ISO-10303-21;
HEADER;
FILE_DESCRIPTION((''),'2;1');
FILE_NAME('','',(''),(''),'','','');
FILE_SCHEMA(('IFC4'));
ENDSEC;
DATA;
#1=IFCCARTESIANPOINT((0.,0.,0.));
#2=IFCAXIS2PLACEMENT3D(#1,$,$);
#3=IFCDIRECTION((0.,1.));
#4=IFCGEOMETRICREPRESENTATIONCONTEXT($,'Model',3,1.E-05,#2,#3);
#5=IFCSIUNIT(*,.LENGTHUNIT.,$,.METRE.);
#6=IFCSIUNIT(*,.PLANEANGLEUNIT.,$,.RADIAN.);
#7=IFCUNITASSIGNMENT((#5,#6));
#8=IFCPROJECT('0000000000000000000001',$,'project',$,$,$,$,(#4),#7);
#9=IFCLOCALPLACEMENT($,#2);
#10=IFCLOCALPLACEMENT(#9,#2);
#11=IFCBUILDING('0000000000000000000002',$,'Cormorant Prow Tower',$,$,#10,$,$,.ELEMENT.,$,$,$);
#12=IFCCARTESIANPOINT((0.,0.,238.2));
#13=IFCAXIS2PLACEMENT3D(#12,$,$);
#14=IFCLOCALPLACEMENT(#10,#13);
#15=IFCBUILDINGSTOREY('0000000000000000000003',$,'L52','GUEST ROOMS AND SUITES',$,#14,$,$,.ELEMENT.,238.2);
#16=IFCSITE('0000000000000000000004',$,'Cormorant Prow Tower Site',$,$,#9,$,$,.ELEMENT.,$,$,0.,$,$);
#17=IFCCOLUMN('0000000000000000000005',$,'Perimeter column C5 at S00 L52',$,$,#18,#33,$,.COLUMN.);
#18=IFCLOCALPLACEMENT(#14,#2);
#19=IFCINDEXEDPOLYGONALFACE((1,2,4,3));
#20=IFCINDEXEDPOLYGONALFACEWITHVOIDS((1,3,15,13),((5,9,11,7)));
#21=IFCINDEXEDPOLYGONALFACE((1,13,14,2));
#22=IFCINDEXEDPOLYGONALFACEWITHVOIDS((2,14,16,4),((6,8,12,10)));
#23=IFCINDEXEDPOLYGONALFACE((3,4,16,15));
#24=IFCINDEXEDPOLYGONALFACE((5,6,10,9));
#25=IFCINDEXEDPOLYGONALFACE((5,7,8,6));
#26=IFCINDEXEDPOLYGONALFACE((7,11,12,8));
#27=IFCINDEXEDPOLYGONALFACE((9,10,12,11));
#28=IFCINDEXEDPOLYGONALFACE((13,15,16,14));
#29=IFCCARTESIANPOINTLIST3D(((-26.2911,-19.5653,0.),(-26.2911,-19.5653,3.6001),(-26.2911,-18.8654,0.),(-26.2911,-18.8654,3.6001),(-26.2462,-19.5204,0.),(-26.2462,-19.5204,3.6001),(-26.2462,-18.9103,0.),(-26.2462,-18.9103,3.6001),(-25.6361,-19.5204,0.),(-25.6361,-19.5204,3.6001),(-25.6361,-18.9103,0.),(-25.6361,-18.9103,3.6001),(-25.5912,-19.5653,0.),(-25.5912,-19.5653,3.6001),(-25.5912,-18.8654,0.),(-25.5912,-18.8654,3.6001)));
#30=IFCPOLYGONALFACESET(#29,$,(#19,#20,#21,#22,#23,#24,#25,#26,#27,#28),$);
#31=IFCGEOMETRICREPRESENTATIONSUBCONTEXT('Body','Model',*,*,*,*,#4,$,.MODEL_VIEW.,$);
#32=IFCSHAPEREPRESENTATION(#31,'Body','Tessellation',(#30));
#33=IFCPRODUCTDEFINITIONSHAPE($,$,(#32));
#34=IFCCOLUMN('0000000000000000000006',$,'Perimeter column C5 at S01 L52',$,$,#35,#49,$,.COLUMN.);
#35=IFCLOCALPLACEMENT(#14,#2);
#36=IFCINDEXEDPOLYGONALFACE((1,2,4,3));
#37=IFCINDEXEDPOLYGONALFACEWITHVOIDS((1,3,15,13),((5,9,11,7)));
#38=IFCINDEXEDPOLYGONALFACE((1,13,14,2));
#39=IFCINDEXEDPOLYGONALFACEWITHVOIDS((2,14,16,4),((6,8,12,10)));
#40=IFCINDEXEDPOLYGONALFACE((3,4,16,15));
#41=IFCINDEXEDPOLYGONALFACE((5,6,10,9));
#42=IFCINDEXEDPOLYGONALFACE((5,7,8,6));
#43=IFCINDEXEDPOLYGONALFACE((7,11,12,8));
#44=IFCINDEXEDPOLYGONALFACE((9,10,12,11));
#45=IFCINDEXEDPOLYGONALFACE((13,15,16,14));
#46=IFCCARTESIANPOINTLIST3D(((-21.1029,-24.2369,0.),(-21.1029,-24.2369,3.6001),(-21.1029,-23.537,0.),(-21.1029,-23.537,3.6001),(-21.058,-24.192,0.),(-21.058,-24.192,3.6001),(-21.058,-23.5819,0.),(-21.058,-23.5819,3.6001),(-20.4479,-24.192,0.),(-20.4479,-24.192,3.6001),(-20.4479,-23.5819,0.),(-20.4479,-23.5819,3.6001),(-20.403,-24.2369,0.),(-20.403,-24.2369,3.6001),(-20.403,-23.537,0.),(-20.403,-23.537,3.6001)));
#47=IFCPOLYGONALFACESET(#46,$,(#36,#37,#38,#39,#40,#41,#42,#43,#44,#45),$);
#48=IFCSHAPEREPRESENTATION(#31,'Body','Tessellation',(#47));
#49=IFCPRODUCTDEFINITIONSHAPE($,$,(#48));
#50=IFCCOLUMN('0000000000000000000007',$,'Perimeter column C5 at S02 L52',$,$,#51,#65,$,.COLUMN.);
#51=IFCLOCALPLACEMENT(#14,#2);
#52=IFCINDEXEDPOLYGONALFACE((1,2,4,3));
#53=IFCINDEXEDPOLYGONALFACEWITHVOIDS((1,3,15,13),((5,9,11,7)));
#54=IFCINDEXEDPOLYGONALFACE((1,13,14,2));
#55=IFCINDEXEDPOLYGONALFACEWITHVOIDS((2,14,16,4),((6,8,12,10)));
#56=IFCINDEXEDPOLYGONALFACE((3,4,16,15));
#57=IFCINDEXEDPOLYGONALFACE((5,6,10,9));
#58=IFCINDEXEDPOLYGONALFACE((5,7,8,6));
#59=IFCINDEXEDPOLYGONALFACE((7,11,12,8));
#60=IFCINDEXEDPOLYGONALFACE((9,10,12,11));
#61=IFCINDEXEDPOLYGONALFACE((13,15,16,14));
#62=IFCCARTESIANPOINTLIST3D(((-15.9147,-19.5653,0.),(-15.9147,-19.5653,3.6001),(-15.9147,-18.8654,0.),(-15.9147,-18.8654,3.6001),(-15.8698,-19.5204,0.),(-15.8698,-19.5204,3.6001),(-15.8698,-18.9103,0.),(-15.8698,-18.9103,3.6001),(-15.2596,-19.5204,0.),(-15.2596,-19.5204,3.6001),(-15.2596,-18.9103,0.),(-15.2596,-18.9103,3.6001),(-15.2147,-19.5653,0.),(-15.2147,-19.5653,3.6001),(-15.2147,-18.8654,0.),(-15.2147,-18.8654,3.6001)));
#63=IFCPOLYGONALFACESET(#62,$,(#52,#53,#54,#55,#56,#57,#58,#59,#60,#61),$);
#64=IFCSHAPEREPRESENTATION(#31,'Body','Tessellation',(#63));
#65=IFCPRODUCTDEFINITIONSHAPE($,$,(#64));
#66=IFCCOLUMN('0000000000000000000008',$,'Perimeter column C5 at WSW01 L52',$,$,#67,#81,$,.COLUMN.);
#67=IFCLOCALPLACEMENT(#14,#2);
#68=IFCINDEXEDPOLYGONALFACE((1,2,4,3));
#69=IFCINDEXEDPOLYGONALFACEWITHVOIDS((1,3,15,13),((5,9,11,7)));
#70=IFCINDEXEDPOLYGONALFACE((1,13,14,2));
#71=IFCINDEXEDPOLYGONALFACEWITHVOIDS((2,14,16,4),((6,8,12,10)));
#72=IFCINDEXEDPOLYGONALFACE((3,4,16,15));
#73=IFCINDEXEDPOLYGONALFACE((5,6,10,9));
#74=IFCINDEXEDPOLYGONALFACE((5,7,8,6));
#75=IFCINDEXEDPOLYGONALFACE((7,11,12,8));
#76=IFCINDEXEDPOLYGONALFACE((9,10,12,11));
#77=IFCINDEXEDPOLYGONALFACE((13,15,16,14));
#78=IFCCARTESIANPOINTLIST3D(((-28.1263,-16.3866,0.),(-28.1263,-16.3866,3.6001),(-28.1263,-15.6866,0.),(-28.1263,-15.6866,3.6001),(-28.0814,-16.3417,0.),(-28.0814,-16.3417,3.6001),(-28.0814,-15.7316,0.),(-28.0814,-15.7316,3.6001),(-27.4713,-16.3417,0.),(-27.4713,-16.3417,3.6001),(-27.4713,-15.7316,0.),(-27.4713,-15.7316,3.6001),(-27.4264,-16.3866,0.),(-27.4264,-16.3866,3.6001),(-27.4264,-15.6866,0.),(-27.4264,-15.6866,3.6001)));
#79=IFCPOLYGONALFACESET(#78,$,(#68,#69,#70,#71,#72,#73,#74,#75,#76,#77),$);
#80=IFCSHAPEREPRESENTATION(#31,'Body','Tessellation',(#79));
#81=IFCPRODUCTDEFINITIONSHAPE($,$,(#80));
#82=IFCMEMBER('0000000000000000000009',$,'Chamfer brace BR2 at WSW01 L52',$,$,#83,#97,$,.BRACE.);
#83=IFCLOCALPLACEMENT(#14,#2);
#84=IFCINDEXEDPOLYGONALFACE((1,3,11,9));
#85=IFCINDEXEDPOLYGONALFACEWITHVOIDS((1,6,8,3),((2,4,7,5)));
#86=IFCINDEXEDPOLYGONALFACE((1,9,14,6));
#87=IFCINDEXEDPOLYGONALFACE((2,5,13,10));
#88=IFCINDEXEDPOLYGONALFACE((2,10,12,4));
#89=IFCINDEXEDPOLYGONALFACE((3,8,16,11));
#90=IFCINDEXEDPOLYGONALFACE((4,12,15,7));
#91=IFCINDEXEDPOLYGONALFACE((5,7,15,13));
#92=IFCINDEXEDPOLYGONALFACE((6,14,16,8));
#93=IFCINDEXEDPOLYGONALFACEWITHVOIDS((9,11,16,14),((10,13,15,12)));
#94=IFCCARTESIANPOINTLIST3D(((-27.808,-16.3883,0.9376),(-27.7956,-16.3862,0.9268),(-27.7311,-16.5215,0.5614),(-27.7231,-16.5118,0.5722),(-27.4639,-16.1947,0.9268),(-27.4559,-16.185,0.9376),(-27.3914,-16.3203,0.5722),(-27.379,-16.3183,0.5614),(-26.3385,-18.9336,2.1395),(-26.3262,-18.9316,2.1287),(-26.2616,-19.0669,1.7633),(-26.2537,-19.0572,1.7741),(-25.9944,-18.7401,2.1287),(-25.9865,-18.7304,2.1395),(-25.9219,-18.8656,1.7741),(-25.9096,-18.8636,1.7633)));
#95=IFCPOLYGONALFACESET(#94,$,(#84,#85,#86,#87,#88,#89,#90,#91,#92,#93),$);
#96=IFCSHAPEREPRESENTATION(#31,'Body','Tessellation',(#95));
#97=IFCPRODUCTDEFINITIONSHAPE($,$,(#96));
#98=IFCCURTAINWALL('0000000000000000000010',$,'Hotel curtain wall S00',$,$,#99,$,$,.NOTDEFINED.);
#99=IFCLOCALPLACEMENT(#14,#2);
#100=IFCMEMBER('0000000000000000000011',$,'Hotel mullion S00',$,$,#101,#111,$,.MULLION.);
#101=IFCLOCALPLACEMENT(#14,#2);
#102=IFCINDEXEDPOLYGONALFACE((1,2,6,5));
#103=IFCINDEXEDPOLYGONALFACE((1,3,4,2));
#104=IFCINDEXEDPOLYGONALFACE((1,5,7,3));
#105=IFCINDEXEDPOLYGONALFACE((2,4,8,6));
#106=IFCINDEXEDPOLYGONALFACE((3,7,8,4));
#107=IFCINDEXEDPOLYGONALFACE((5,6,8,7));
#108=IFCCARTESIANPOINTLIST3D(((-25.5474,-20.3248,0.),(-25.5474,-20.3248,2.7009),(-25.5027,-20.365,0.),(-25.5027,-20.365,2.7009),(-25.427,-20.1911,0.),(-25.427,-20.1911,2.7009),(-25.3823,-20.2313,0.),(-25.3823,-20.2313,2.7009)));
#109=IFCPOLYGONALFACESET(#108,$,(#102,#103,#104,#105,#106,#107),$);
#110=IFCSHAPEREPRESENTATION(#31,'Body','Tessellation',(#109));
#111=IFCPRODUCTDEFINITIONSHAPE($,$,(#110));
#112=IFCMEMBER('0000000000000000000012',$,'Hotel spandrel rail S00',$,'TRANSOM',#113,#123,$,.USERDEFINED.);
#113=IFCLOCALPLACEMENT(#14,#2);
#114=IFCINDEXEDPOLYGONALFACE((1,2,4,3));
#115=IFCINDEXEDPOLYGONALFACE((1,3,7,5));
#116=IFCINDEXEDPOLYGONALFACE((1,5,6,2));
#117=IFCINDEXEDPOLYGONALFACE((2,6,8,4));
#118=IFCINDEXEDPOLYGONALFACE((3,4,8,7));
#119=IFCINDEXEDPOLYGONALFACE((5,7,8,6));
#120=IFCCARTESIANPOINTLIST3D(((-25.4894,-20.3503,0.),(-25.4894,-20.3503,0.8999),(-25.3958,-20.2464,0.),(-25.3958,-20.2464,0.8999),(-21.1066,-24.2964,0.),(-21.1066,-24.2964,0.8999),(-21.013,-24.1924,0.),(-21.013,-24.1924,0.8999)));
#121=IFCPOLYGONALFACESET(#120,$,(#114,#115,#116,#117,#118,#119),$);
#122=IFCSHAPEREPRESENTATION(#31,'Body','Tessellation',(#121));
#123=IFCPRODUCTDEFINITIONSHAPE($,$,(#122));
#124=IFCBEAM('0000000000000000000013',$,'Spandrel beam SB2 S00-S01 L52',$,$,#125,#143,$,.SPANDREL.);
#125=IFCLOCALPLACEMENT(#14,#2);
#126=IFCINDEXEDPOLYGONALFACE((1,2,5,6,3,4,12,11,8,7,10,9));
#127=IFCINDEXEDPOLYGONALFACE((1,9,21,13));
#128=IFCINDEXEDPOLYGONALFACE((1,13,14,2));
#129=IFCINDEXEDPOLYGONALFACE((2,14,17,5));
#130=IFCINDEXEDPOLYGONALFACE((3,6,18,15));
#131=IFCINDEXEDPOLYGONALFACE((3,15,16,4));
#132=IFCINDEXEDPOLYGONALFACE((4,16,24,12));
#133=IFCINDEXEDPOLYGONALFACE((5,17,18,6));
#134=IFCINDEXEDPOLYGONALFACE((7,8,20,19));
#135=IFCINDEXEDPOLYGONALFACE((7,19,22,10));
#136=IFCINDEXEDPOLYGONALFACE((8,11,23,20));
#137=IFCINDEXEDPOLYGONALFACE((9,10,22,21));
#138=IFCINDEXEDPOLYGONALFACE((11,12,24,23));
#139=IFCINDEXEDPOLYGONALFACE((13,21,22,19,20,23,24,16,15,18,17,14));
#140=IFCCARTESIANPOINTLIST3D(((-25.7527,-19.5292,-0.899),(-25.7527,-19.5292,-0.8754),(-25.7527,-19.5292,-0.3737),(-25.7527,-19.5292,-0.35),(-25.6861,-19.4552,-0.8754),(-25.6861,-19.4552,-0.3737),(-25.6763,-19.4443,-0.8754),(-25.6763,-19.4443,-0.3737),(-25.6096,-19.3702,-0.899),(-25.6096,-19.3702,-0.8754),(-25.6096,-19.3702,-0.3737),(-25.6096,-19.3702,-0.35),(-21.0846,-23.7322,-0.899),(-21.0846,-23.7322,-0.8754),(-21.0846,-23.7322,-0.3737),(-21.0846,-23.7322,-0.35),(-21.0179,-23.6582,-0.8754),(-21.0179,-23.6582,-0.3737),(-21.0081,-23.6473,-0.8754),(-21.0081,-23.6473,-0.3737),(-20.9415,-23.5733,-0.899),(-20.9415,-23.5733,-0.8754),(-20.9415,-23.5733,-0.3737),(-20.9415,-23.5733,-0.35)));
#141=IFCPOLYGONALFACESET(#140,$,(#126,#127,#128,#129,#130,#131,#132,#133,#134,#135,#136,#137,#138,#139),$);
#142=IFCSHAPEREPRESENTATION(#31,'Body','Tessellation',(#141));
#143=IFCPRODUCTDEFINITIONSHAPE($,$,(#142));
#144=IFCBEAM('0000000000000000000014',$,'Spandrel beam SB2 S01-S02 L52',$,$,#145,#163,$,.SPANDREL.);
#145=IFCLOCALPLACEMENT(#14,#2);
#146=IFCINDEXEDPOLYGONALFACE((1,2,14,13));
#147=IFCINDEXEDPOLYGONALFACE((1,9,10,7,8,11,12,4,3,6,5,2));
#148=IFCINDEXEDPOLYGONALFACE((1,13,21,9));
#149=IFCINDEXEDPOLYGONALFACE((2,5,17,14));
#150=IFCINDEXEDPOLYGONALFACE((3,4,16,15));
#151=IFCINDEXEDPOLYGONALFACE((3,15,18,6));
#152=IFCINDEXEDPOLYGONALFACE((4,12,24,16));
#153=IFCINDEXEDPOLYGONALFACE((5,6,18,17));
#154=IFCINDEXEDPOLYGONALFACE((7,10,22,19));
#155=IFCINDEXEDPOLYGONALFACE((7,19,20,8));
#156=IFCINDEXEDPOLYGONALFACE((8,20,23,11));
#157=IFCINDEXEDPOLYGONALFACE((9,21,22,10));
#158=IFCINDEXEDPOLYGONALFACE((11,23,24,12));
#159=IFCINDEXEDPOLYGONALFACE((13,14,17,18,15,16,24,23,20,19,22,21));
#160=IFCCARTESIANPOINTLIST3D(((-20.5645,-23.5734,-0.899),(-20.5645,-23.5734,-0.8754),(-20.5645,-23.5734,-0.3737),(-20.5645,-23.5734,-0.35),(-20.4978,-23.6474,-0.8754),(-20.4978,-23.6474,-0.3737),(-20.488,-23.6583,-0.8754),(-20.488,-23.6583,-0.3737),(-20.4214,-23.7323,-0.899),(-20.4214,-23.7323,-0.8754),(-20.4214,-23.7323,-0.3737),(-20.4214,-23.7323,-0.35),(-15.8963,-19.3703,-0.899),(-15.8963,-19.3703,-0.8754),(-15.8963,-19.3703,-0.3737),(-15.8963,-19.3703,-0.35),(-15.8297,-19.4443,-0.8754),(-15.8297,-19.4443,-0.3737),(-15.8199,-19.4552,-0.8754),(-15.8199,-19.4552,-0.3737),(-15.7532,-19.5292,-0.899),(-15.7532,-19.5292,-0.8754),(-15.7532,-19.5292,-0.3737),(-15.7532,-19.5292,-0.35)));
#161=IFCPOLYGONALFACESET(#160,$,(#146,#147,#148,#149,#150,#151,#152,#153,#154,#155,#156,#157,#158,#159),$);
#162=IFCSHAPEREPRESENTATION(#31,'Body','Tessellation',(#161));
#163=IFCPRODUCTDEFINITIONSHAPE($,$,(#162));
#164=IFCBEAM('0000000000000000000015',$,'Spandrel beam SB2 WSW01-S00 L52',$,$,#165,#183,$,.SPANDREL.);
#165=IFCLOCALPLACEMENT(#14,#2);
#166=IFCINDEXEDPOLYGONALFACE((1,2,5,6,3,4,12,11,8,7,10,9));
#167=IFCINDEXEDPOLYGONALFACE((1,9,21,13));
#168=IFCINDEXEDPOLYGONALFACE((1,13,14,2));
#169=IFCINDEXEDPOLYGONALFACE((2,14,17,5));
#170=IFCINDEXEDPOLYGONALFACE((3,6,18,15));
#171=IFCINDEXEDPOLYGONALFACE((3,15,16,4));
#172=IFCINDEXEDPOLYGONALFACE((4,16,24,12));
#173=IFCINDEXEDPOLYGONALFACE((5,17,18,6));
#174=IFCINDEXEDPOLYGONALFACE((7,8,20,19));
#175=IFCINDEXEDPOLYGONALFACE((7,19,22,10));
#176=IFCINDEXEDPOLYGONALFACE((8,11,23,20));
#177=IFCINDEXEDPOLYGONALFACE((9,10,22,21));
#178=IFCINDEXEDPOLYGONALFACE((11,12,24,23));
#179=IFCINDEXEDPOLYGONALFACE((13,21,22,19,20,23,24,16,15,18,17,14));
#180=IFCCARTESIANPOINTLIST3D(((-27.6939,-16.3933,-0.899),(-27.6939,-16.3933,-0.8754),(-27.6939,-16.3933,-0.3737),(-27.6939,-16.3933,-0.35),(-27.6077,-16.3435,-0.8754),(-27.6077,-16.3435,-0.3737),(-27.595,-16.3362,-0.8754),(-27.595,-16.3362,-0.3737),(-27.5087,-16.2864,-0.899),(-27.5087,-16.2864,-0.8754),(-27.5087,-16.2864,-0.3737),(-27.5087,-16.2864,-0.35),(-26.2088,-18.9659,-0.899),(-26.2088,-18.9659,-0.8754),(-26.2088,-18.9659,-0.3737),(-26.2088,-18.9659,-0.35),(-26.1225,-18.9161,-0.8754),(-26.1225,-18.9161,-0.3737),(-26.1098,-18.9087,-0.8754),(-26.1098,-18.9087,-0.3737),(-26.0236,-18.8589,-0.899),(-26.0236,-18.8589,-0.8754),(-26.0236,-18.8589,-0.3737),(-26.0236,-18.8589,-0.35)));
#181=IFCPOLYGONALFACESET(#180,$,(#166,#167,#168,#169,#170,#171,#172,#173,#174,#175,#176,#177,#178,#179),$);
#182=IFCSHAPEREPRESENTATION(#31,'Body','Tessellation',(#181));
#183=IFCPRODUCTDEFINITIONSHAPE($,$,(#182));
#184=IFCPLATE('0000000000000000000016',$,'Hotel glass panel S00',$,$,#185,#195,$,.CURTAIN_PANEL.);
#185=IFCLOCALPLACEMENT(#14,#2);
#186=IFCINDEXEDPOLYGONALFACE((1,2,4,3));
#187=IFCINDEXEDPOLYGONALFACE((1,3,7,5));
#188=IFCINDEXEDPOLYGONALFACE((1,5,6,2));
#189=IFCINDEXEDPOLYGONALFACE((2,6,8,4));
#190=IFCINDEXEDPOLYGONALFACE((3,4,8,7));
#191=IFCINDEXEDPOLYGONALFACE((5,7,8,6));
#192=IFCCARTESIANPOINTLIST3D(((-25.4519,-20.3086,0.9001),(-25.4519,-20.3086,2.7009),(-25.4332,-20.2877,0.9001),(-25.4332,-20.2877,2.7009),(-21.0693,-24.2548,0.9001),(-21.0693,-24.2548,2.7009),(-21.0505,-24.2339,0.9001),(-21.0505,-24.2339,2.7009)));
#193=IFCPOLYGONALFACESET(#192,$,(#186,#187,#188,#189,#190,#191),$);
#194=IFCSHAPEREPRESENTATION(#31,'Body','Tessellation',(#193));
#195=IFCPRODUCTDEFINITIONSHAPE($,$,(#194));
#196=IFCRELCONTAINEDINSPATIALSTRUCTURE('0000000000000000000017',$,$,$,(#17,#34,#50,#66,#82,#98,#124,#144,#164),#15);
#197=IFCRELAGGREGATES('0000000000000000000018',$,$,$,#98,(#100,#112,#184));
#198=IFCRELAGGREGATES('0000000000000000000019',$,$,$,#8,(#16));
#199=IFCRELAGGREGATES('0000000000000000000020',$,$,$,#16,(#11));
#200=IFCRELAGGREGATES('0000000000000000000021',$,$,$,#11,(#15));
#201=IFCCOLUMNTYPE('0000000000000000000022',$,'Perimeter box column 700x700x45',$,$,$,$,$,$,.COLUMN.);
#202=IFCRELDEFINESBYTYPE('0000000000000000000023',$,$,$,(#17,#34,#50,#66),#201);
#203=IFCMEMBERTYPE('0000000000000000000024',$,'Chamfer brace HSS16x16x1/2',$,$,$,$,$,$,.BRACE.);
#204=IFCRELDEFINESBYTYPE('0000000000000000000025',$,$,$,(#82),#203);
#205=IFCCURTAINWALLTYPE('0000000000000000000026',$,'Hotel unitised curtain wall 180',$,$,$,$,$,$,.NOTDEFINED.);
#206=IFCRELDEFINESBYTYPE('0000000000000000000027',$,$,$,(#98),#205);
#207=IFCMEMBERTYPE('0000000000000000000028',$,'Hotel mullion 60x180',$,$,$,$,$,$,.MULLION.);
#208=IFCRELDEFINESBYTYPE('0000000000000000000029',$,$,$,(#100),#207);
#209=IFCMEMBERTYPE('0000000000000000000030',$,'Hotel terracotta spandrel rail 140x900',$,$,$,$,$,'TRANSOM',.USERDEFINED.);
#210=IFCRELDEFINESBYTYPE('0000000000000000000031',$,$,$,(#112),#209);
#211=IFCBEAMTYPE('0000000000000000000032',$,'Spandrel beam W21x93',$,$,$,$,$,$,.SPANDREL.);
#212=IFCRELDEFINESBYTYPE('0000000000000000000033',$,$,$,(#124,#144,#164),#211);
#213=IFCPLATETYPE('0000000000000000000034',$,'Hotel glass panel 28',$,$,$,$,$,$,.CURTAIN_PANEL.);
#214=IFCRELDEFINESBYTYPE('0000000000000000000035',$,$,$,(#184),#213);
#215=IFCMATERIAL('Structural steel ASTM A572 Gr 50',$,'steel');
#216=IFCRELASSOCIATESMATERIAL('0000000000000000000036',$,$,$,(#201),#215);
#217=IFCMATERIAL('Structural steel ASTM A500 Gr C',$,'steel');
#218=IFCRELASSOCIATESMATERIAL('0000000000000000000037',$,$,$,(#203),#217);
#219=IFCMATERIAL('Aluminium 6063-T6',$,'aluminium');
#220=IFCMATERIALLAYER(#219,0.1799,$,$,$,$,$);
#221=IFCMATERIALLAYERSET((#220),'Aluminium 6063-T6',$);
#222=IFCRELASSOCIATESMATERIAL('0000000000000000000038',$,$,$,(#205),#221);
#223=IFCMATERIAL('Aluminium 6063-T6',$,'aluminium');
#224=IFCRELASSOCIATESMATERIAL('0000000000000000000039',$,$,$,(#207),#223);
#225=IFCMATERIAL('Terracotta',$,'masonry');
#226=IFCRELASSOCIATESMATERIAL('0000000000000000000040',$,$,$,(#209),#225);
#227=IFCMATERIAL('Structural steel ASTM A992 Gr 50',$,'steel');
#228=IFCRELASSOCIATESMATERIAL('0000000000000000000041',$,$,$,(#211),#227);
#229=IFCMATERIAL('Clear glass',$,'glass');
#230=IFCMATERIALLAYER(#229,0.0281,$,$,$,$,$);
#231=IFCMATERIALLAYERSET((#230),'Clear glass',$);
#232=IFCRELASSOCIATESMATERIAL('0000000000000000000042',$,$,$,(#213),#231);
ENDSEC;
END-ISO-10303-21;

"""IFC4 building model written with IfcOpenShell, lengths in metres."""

from ifc_helpers import new_model, si_unit, direction, frame, origin, origin_2d, place, context, subcontext, project, spatial, rectangle, hollow_rectangle, i_section, extrude, material, layer, layer_set, material_profile, profile_set, type_object, element, aggregate, save


model = new_model("IFC4")

# Units and contexts
model_context = context("Model", 3, precision=1e-05, world=origin(), true_north=direction((0.0, 1.0)))
body_context = subcontext(model_context, "Body", "Model", "MODEL_VIEW")
ifc_project = project(units=[si_unit("LENGTHUNIT", "METRE"), si_unit("PLANEANGLEUNIT", "RADIAN")], contexts=[model_context])

# Site, building, storey
site_placement = place(None, origin())
site = spatial("IfcSite", under=ifc_project, at=site_placement, Name="Cormorant Prow Tower Site", CompositionType="ELEMENT", RefElevation=0.0)
building_placement = place(site_placement, origin())
building = spatial("IfcBuilding", under=site, at=building_placement, Name="Cormorant Prow Tower", CompositionType="ELEMENT")
storey_placement = place(building_placement, frame((0.0, 0.0, 238.2)))
storey = spatial("IfcBuildingStorey", under=building, at=storey_placement, Name="L52", Description="GUEST ROOMS AND SUITES", CompositionType="ELEMENT", Elevation=238.2)

# Columns
ifc_material_1 = material(Name="Structural steel ASTM A572 Gr 50", Category="steel")
ifc_material_profile_1 = material_profile(ifc_material_1, hollow_rectangle(XDim=0.7, YDim=0.7, WallThickness=0.0449, at=origin_2d()), Name="Box 700x700x45")
ifc_profile_set_1 = profile_set([ifc_material_profile_1], Name="Structural steel ASTM A572 Gr 50")
column_type = type_object("IfcColumnType", Name="Perimeter box column 700x700x45", PredefinedType="COLUMN", material=ifc_profile_set_1)
for number, where, z_axis, x_axis, name in (
    (1, (-25.9412, -19.2153, 0.0), (0.0, 0.0, 1.0), (1.0, 0.0, 0.0), "Perimeter column C5 at S00 L52"),
    (2, (-20.7529, -23.887, 0.0), (0.0, 0.0, 1.0), (1.0, 0.0, 0.0), "Perimeter column C5 at S01 L52"),
    (3, (-15.5647, -19.2153, 0.0), (0.0, 0.0, 1.0), (1.0, 0.0, 0.0), "Perimeter column C5 at S02 L52"),
    (4, (-27.7764, -16.0366, 0.0), (0.0, 0.0, 1.0), (1.0, 0.0, 0.0), "Perimeter column C5 at WSW01 L52"),
):
    element("IfcColumn", number, at=place(storey_placement, frame(where, z_axis=z_axis, x_axis=x_axis)), inside=storey, type_object=column_type, Name=name, PredefinedType="COLUMN", context=body_context, shape_type="SweptSolid", body=[
        extrude(hollow_rectangle(XDim=0.7, YDim=0.7, WallThickness=0.0449, at=origin_2d()), origin(), (0.0, 0.0, 1.0), 3.6001),
    ])

# Member
ifc_material_2 = material(Name="Structural steel ASTM A500 Gr C", Category="steel")
ifc_material_profile_2 = material_profile(ifc_material_2, hollow_rectangle(XDim=0.4065, YDim=0.4065, WallThickness=0.0117, at=origin_2d()), Name="HSS16x16x1/2")
ifc_profile_set_2 = profile_set([ifc_material_profile_2], Name="Structural steel ASTM A500 Gr C")
member_type_1 = type_object("IfcMemberType", Name="Chamfer brace HSS16x16x1/2", PredefinedType="BRACE", material=ifc_profile_set_2)
member_1_placement = place(storey_placement, frame((-27.5935, -16.3533, 0.7495), z_axis=(0.462773, -0.801607, 0.378507), x_axis=(0.866042, 0.499972, 0.0)))
element("IfcMember", 5, at=member_1_placement, inside=storey, type_object=member_type_1, Name="Chamfer brace BR2 at WSW01 L52", PredefinedType="BRACE", context=body_context, shape_type="SweptSolid", body=[
    extrude(hollow_rectangle(XDim=0.4065, YDim=0.4065, WallThickness=0.0117, at=origin_2d()), origin(), (0.0, 0.0, 1.0), 3.1753),
])

# Curtain wall, members
ifc_material_3 = material(Name="Aluminium 6063-T6", Category="aluminium")
ifc_layer_1 = layer(ifc_material_3, 0.1799)
ifc_layer_set_1 = layer_set([ifc_layer_1], Name="Aluminium 6063-T6")
curtain_wall_type = type_object("IfcCurtainWallType", Name="Hotel unitised curtain wall 180", PredefinedType="NOTDEFINED", material=ifc_layer_set_1)
curtain_wall_placement = place(storey_placement, origin())
curtain_wall = element("IfcCurtainWall", 6, at=curtain_wall_placement, inside=storey, type_object=curtain_wall_type, Name="Hotel curtain wall S00", PredefinedType="NOTDEFINED")
ifc_material_4 = material(Name="Aluminium 6063-T6", Category="aluminium")
ifc_material_profile_3 = material_profile(ifc_material_4, rectangle(XDim=0.1799, YDim=0.0601, at=origin_2d()), Name="Hotel mullion 60x180")
ifc_profile_set_3 = profile_set([ifc_material_profile_3], Name="Aluminium 6063-T6")
member_type_2 = type_object("IfcMemberType", Name="Hotel mullion 60x180", PredefinedType="MULLION", material=ifc_profile_set_3)
member_2_placement = place(storey_placement, frame((-25.4648, -20.2781, 0.0), z_axis=(0.0, 0.0, 1.0), x_axis=(0.669131, 0.743145, 0.0)))
member_2 = element("IfcMember", 7, at=member_2_placement, type_object=member_type_2, Name="Hotel mullion S00", PredefinedType="MULLION", context=body_context, shape_type="SweptSolid", body=[
    extrude(rectangle(XDim=0.1799, YDim=0.0601, at=origin_2d()), origin(), (0.0, 0.0, 1.0), 2.7009),
])
ifc_material_5 = material(Name="Terracotta", Category="masonry")
ifc_material_profile_4 = material_profile(ifc_material_5, rectangle(XDim=0.1399, YDim=0.8999, at=origin_2d()), Name="Hotel terracotta spandrel rail 140x900")
ifc_profile_set_4 = profile_set([ifc_material_profile_4], Name="Terracotta")
member_type_3 = type_object("IfcMemberType", Name="Hotel terracotta spandrel rail 140x900", ElementType="TRANSOM", PredefinedType="USERDEFINED", material=ifc_profile_set_4)
member_3_placement = place(storey_placement, frame((-25.4426, -20.2983, 0.45), z_axis=(0.743167, -0.669107, 0.0), x_axis=(0.669107, 0.743167, 0.0)))
member_3 = element("IfcMember", 8, at=member_3_placement, type_object=member_type_3, Name="Hotel spandrel rail S00", ObjectType="TRANSOM", PredefinedType="USERDEFINED", context=body_context, shape_type="SweptSolid", body=[
    extrude(rectangle(XDim=0.1399, YDim=0.8999, at=origin_2d()), origin(), (0.0, 0.0, 1.0), 5.8975),
])

# Beams
ifc_material_6 = material(Name="Structural steel ASTM A992 Gr 50", Category="steel")
ifc_material_profile_5 = material_profile(ifc_material_6, i_section(OverallWidth=0.2139, OverallDepth=0.5491, WebThickness=0.0146, FlangeThickness=0.0237, at=origin_2d()), Name="W21x93")
ifc_profile_set_5 = profile_set([ifc_material_profile_5], Name="Structural steel ASTM A992 Gr 50")
beam_type = type_object("IfcBeamType", Name="Spandrel beam W21x93", PredefinedType="SPANDREL", material=ifc_profile_set_5)
for number, where, z_axis, x_axis, name in (
    (9, (-25.6812, -19.4497, -0.6245), (0.743157, -0.669117, 0.0), (0.669117, 0.743157, 0.0), "Spandrel beam SB2 S00-S01 L52"),
    (10, (-20.4929, -23.6528, -0.6245), (0.743157, 0.669117, 0.0), (-0.669117, 0.743157, 0.0), "Spandrel beam SB2 S01-S02 L52"),
):
    element("IfcBeam", number, at=place(storey_placement, frame(where, z_axis=z_axis, x_axis=x_axis)), inside=storey, type_object=beam_type, Name=name, PredefinedType="SPANDREL", context=body_context, shape_type="SweptSolid", body=[
        extrude(i_section(OverallWidth=0.2139, OverallDepth=0.5491, WebThickness=0.0146, FlangeThickness=0.0237, at=origin_2d()), origin(), (0.0, 0.0, 1.0), 6.2815),
    ])
beam_placement = place(storey_placement, frame((-27.6013, -16.3398, -0.6245), z_axis=(0.499967, -0.866045, 0.0), x_axis=(0.866045, 0.499967, 0.0)))
element("IfcBeam", 11, at=beam_placement, inside=storey, type_object=beam_type, Name="Spandrel beam SB2 WSW01-S00 L52", PredefinedType="SPANDREL", context=body_context, shape_type="SweptSolid", body=[
    extrude(i_section(OverallWidth=0.2139, OverallDepth=0.5491, WebThickness=0.0146, FlangeThickness=0.0237, at=origin_2d()), origin(), (0.0, 0.0, 1.0), 2.9705),
])

# Plate
ifc_material_7 = material(Name="Clear glass", Category="glass")
ifc_layer_2 = layer(ifc_material_7, 0.0281)
ifc_layer_set_2 = layer_set([ifc_layer_2], Name="Clear glass")
plate_type = type_object("IfcPlateType", Name="Hotel glass panel 28", PredefinedType="CURTAIN_PANEL", material=ifc_layer_set_2)
plate_placement = place(storey_placement, frame((-23.2512, -22.2712, 0.9001), z_axis=(0.0, 0.0, 1.0), x_axis=(0.743145, -0.669131, 0.0)))
plate = element("IfcPlate", 12, at=plate_placement, type_object=plate_type, Name="Hotel glass panel S00", PredefinedType="CURTAIN_PANEL", context=body_context, shape_type="SweptSolid", body=[
    extrude(rectangle(XDim=5.8975, YDim=0.0281, at=origin_2d()), origin(), (0.0, 0.0, 1.0), 1.8008),
])
aggregate(curtain_wall, [member_2, member_3, plate])

save(model, "model.ifc")
